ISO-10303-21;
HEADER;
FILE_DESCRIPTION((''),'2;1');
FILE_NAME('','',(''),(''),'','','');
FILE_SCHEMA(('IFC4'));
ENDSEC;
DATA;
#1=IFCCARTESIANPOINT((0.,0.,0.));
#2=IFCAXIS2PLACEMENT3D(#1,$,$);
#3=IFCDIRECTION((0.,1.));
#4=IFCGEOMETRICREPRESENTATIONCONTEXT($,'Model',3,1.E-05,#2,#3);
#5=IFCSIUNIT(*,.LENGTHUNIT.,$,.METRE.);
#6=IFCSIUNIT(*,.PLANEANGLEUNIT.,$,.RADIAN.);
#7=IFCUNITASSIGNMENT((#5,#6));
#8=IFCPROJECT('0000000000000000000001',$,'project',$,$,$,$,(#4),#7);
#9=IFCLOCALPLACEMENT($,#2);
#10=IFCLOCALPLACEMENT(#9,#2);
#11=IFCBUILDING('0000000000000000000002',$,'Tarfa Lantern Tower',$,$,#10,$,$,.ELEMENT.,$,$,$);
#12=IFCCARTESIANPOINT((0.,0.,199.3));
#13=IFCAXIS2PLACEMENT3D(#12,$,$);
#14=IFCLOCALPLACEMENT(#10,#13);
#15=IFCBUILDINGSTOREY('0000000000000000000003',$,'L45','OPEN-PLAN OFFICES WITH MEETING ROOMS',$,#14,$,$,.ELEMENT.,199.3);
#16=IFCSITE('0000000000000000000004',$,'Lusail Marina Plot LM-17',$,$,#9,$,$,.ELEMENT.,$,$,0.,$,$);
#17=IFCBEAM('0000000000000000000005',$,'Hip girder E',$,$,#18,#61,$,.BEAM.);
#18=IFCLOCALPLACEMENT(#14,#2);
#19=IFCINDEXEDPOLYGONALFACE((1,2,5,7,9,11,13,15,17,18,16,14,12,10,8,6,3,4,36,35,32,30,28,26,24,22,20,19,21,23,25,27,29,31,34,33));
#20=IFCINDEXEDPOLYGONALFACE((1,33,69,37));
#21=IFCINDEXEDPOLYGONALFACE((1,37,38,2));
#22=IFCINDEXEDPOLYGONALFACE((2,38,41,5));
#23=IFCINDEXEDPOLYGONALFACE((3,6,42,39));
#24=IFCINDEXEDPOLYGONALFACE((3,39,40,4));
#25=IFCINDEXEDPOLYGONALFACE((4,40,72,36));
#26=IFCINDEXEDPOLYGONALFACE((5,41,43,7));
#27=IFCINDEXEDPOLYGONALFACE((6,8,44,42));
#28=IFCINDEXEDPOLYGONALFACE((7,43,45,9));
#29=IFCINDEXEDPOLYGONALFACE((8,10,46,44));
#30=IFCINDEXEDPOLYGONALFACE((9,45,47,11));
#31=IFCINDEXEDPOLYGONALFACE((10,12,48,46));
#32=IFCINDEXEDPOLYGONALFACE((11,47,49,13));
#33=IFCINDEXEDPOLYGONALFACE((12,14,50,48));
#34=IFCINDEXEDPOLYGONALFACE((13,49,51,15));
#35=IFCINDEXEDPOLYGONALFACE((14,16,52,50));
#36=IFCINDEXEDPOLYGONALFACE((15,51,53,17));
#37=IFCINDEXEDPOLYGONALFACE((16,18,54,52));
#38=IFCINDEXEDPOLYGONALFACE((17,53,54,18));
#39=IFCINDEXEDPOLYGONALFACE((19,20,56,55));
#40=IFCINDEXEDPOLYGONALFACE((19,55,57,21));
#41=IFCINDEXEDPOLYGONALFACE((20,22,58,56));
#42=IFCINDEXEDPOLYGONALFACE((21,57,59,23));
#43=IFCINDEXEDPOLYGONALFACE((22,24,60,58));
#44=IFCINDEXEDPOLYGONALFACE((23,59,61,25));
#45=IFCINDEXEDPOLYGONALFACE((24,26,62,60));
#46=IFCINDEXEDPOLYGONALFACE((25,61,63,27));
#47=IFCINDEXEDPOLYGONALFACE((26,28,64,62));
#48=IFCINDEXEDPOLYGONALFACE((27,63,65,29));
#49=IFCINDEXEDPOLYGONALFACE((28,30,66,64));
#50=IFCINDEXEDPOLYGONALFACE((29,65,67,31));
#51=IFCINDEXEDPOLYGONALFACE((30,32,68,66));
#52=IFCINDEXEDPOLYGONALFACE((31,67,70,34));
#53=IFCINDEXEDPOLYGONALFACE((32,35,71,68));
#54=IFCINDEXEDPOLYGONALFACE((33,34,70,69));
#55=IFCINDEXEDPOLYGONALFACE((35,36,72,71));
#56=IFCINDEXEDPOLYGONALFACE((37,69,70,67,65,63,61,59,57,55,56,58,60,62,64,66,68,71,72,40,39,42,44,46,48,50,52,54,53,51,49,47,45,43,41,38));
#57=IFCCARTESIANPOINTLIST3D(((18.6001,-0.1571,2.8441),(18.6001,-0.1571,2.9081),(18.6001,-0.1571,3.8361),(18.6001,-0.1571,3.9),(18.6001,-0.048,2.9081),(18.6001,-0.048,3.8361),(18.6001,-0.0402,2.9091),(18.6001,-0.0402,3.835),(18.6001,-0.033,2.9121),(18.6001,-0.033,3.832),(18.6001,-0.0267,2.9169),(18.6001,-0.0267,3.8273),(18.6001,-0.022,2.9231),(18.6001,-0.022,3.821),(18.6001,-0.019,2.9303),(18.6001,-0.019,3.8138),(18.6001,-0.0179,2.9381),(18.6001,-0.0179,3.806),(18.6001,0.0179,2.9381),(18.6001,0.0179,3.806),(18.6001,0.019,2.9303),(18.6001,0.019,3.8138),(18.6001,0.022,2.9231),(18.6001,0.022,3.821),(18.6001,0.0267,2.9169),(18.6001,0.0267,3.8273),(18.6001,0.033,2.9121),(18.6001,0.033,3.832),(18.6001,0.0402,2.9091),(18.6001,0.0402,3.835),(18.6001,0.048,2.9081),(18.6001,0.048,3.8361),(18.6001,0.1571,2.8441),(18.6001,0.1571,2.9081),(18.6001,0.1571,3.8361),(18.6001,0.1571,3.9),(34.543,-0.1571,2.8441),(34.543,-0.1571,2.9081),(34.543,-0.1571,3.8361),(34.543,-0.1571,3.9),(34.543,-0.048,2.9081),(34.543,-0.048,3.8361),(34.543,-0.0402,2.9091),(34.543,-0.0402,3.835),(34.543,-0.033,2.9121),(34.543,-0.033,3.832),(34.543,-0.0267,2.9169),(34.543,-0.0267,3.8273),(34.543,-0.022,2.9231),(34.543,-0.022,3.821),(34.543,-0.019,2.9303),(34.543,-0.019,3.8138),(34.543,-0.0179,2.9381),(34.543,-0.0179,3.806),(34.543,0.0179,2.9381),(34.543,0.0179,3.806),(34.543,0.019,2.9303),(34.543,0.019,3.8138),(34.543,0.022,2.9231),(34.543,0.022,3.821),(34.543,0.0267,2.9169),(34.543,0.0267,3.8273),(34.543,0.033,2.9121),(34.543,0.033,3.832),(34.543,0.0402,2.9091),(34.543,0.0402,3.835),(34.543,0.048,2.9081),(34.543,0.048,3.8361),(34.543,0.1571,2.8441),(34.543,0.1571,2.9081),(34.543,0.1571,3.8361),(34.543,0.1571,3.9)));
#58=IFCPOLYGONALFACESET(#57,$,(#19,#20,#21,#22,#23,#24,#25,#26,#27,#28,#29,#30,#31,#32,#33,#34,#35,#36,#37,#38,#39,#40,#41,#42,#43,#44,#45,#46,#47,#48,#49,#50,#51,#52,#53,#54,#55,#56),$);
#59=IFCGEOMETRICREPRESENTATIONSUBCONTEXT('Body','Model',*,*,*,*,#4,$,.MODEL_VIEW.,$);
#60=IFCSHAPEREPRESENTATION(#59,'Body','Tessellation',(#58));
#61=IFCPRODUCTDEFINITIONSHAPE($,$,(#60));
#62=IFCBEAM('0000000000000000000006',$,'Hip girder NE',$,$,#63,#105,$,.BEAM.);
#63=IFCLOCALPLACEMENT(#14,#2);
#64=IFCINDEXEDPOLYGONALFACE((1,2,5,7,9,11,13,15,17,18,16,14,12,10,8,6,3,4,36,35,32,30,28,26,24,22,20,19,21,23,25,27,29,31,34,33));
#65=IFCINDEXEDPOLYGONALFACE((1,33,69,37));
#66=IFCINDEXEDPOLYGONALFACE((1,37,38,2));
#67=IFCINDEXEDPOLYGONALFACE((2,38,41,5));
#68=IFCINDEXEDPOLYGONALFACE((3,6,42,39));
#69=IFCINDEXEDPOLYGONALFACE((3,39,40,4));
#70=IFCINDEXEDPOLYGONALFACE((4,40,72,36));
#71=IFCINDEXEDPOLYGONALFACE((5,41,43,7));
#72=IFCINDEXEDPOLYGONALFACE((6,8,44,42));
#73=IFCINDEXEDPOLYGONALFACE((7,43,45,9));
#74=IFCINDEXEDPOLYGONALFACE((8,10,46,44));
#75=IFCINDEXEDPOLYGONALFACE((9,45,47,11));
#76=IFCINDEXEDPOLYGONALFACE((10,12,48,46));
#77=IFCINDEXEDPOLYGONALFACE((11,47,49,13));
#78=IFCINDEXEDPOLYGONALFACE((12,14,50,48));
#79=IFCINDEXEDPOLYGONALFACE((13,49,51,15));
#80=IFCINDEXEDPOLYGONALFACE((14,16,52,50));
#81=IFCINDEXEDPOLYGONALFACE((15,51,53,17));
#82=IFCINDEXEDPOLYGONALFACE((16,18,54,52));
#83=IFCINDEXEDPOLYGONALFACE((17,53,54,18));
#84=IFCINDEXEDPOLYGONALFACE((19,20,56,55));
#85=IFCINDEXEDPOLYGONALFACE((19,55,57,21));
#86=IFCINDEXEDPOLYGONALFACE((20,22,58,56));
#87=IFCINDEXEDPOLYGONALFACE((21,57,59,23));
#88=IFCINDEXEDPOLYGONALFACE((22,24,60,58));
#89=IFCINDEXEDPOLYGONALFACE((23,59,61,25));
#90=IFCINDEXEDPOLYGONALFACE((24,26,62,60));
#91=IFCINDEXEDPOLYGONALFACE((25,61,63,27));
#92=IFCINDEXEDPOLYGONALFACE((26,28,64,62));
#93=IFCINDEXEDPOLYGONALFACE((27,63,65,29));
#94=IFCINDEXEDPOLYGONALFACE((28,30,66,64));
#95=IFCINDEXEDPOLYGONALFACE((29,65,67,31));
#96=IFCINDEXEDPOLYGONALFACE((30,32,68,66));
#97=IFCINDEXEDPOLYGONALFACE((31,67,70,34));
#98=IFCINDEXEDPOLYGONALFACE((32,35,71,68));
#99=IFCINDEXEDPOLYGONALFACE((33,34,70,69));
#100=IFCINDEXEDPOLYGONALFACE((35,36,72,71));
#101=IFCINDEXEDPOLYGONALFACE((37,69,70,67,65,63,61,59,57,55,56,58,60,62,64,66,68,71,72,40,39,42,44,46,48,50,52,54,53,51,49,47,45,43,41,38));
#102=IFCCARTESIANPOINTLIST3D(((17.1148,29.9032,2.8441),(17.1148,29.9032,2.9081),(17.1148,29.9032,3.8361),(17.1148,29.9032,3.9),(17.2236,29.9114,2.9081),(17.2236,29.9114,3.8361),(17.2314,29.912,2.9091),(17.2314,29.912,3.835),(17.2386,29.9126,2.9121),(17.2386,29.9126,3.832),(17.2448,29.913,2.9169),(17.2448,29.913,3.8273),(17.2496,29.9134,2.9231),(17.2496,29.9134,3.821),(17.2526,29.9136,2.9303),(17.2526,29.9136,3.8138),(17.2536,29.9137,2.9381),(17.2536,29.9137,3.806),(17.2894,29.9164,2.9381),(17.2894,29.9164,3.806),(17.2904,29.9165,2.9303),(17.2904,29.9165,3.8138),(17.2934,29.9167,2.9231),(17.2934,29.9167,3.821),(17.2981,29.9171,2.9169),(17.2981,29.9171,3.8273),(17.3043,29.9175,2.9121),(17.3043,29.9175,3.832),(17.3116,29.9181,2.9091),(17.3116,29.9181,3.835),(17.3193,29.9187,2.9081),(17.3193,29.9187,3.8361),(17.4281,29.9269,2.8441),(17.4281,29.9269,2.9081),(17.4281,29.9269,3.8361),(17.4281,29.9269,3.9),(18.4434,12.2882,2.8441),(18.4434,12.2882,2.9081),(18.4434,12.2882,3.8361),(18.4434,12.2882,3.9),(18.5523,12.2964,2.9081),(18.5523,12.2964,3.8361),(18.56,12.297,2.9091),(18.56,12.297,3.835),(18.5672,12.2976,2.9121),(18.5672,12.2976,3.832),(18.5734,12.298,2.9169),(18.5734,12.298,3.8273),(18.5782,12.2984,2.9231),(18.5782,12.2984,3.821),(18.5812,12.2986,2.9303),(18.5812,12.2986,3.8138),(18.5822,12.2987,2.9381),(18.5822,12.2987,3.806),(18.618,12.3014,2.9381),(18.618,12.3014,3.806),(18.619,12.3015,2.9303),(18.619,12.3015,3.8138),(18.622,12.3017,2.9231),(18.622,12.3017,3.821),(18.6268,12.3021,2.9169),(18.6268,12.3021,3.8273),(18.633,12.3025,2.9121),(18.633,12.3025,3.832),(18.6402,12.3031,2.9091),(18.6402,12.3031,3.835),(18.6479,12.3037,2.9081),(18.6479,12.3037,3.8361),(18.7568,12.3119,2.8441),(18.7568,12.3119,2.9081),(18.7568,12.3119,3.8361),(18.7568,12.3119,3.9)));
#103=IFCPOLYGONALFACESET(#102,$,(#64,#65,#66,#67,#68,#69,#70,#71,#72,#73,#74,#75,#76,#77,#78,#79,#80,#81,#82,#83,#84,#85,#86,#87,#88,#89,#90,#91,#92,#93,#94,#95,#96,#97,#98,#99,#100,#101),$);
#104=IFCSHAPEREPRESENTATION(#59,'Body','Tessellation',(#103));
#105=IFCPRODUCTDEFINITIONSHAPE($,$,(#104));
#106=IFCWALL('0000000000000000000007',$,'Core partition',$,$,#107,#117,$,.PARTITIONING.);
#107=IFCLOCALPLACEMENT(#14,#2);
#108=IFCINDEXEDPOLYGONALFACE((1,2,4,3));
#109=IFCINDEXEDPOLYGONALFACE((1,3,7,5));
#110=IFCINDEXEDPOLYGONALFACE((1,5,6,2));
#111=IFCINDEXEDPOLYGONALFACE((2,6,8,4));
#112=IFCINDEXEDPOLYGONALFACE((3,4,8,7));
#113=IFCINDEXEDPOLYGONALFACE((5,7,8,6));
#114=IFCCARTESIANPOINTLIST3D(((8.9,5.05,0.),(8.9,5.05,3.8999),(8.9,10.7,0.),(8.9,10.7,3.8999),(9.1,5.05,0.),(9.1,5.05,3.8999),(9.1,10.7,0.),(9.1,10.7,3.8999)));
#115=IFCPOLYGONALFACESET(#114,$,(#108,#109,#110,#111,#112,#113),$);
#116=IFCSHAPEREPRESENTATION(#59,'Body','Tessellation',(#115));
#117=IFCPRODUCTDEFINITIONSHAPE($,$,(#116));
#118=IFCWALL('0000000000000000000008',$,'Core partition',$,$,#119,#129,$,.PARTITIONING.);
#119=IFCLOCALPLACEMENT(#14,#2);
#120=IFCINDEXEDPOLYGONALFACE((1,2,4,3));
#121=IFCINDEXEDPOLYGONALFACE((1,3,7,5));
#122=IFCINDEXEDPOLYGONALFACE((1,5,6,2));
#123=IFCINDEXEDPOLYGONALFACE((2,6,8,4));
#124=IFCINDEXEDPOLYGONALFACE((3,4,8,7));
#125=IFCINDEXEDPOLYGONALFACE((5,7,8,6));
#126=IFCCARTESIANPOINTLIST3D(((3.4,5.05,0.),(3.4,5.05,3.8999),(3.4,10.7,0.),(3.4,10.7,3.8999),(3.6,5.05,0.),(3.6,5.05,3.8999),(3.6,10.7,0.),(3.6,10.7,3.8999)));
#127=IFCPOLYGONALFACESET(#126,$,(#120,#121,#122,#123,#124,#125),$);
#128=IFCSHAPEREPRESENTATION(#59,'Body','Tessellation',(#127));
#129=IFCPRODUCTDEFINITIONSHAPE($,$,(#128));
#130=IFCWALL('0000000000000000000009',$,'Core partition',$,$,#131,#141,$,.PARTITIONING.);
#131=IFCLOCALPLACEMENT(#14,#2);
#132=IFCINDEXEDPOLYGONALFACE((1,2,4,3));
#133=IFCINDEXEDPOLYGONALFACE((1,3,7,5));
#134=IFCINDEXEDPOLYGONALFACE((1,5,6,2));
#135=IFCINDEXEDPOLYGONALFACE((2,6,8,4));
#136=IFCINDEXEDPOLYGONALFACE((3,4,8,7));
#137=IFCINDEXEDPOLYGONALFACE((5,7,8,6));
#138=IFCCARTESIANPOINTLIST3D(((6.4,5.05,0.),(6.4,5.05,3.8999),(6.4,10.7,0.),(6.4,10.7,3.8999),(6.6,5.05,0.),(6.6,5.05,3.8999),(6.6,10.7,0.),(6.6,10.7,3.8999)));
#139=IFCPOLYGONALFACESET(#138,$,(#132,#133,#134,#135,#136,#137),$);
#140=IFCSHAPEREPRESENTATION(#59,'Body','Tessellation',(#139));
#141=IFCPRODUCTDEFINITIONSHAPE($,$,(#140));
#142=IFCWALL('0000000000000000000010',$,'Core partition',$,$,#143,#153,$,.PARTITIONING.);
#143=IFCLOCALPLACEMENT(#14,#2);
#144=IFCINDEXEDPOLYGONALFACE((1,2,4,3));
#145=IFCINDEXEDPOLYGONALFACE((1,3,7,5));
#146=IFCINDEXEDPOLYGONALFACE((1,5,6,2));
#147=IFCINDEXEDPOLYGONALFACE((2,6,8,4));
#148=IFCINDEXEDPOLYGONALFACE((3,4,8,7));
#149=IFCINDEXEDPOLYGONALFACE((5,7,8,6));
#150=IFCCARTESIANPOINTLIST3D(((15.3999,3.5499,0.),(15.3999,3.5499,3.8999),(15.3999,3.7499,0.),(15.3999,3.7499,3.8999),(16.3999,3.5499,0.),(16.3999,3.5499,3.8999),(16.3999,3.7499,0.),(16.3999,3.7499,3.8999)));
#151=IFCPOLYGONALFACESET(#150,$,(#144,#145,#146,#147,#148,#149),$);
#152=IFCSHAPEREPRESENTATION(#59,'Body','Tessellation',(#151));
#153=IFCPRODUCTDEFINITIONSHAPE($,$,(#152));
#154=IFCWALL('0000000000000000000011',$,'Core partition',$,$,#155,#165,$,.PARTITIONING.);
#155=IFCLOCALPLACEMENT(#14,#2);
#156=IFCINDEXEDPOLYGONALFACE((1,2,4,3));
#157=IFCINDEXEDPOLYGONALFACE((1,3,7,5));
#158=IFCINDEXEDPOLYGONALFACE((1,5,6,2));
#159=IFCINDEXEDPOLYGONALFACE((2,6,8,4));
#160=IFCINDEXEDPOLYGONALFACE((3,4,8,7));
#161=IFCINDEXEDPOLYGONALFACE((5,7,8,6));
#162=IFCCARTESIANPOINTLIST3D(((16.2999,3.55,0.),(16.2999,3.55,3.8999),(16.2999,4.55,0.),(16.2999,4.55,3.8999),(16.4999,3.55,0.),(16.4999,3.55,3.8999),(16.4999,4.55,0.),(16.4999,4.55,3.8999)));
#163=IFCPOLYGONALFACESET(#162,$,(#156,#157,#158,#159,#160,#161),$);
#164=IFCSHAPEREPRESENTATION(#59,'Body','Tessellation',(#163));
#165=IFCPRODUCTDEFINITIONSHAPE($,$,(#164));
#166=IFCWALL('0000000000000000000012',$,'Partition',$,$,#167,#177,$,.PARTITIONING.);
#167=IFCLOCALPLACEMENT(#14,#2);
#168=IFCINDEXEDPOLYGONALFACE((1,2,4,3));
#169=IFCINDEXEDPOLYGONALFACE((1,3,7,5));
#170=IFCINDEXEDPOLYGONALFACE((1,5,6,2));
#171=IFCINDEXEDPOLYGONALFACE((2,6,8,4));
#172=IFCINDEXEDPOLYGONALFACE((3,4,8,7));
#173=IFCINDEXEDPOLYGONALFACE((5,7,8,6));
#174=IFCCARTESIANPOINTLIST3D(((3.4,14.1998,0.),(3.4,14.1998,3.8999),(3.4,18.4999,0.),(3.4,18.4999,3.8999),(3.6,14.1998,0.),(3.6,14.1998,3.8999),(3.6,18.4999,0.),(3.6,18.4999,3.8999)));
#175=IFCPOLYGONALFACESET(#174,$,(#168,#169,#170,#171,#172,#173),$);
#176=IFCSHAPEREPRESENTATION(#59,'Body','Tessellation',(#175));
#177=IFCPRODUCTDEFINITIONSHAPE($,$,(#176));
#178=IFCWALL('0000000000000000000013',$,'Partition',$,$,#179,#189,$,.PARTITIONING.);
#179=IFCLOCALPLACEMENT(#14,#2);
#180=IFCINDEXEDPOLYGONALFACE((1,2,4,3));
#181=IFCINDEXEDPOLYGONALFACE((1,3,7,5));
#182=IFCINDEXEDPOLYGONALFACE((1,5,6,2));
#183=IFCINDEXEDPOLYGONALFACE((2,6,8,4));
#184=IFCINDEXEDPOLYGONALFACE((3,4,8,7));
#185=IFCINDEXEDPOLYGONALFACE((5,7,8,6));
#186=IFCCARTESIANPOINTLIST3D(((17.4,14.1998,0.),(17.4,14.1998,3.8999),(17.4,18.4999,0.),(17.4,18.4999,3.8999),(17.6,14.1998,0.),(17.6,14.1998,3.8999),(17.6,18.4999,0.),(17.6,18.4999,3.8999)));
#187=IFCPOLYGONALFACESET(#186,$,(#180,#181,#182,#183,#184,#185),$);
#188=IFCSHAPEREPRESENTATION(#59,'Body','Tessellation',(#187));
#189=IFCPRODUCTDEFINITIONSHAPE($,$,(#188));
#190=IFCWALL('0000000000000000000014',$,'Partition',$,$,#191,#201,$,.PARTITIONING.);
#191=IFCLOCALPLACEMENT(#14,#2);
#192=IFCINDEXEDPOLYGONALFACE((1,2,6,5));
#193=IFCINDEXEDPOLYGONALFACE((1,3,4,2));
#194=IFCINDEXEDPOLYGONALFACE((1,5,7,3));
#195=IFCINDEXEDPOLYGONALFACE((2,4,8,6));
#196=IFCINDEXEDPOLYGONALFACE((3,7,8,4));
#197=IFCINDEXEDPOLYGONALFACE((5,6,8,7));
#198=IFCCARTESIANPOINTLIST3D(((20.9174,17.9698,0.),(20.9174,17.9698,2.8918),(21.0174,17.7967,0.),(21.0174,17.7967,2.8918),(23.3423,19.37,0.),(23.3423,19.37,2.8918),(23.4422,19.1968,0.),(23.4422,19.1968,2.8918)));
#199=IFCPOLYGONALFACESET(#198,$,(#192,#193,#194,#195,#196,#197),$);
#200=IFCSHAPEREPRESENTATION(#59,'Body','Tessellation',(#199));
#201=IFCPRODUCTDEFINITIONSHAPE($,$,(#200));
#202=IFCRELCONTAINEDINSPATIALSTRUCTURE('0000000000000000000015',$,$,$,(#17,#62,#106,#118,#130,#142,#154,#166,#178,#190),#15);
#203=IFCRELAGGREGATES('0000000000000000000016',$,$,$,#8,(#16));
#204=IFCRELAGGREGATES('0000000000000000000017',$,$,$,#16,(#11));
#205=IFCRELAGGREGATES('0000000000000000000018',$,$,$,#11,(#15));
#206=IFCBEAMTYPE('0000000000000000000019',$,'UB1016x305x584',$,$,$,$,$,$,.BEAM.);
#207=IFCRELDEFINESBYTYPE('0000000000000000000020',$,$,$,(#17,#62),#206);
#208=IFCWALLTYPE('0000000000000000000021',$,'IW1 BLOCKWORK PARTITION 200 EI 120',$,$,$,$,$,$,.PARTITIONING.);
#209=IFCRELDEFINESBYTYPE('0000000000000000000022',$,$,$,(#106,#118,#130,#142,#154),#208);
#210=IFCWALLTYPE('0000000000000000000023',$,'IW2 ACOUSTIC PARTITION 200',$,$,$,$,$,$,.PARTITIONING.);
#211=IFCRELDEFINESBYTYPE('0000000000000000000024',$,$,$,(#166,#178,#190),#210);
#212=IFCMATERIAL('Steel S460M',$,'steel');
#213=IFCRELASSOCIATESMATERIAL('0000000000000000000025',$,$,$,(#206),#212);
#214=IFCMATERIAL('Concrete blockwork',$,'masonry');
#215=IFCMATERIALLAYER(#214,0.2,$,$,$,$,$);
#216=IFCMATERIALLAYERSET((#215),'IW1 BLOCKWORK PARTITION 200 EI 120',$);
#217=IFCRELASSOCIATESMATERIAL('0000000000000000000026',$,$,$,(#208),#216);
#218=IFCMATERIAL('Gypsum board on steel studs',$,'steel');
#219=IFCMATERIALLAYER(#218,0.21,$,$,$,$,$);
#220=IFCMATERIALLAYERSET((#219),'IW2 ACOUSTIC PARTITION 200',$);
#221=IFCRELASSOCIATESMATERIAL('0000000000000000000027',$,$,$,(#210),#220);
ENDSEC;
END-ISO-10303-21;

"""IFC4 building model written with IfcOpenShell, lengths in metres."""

from ifc_helpers import new_model, si_unit, direction, frame, frame_2d, origin, origin_2d, place, context, subcontext, project, spatial, rectangle, i_section, extrude, material, layer, layer_set, material_profile, profile_set, type_object, element, save


model = new_model("IFC4")

# Units and contexts
model_context = context("Model", 3, precision=1e-05, world=origin(), true_north=direction((0.0, 1.0)))
body_context = subcontext(model_context, "Body", "Model", "MODEL_VIEW")
ifc_project = project(units=[si_unit("LENGTHUNIT", "METRE"), si_unit("PLANEANGLEUNIT", "RADIAN")], contexts=[model_context])

# Site, building, storey
site_placement = place(None, origin())
site = spatial("IfcSite", under=ifc_project, at=site_placement, Name="Lusail Marina Plot LM-17", CompositionType="ELEMENT", RefElevation=0.0)
building_placement = place(site_placement, origin())
building = spatial("IfcBuilding", under=site, at=building_placement, Name="Tarfa Lantern Tower", CompositionType="ELEMENT")
storey_placement = place(building_placement, frame((0.0, 0.0, 199.3)))
storey = spatial("IfcBuildingStorey", under=building, at=storey_placement, Name="L45", Description="OPEN-PLAN OFFICES WITH MEETING ROOMS", CompositionType="ELEMENT", Elevation=199.3)

# Beams
ifc_material_1 = material(Name="Steel S460M", Category="steel")
ifc_material_profile = material_profile(ifc_material_1, i_section(OverallWidth=0.3142, OverallDepth=1.0559, WebThickness=0.0359, FlangeThickness=0.064, FilletRadius=0.03, at=origin_2d()), Name="UB1016x305x584")
ifc_profile_set = profile_set([ifc_material_profile], Name="Steel S460M")
beam_type = type_object("IfcBeamType", Name="UB1016x305x584", PredefinedType="BEAM", material=ifc_profile_set)
beam_1_placement = place(storey_placement, frame((18.6001, 0.0, 3.3721), z_axis=(1.0, 0.0, 0.0), x_axis=(0.0, 1.0, 0.0)))
element("IfcBeam", 1, at=beam_1_placement, inside=storey, type_object=beam_type, Name="Hip girder E", PredefinedType="BEAM", context=body_context, shape_type="SweptSolid", body=[
    extrude(i_section(OverallWidth=0.3142, OverallDepth=1.0559, WebThickness=0.0359, FlangeThickness=0.064, FilletRadius=0.03, at=origin_2d()), origin(), (0.0, 0.0, 1.0), 15.9429),
])
beam_2_placement = place(storey_placement, frame((18.6001, 12.3, 3.3721), z_axis=(-0.075212, 0.997168, 0.0), x_axis=(-0.997168, -0.075212, 0.0)))
element("IfcBeam", 2, at=beam_2_placement, inside=storey, type_object=beam_type, Name="Hip girder NE", PredefinedType="BEAM", context=body_context, shape_type="SweptSolid", body=[
    extrude(i_section(OverallWidth=0.3142, OverallDepth=1.0559, WebThickness=0.0359, FlangeThickness=0.064, FilletRadius=0.03, at=origin_2d()), origin(), (0.0, 0.0, 1.0), 17.665),
])

# Walls
ifc_material_2 = material(Name="Concrete blockwork", Category="masonry")
ifc_layer_1 = layer(ifc_material_2, 0.2)
ifc_layer_set_1 = layer_set([ifc_layer_1], Name="IW1 BLOCKWORK PARTITION 200 EI 120")
wall_type_1 = type_object("IfcWallType", Name="IW1 BLOCKWORK PARTITION 200 EI 120", PredefinedType="PARTITIONING", material=ifc_layer_set_1)
for number, where, z_axis, x_axis, name in (
    (3, (9.0, 5.05, 0.0), (0.0, 0.0, 1.0), (0.0, 1.0, 0.0), "Core partition"),
    (4, (3.5, 5.05, 0.0), (0.0, 0.0, 1.0), (0.0, 1.0, 0.0), "Core partition"),
    (5, (6.5, 5.05, 0.0), (0.0, 0.0, 1.0), (0.0, 1.0, 0.0), "Core partition"),
):
    element("IfcWall", number, at=place(storey_placement, frame(where, z_axis=z_axis, x_axis=x_axis)), inside=storey, type_object=wall_type_1, Name=name, PredefinedType="PARTITIONING", context=body_context, shape_type="SweptSolid", body=[
        extrude(rectangle(XDim=5.6499, YDim=0.2, at=frame_2d((2.825, 0.0))), origin(), (0.0, 0.0, 1.0), 3.8999),
    ])
for number, where, z_axis, x_axis, name in (
    (6, (15.3999, 3.6499, 0.0), (0.0, 0.0, 1.0), (1.0, 0.0, 0.0), "Core partition"),
    (7, (16.3999, 3.55, 0.0), (0.0, 0.0, 1.0), (0.0, 1.0, 0.0), "Core partition"),
):
    element("IfcWall", number, at=place(storey_placement, frame(where, z_axis=z_axis, x_axis=x_axis)), inside=storey, type_object=wall_type_1, Name=name, PredefinedType="PARTITIONING", context=body_context, shape_type="SweptSolid", body=[
        extrude(rectangle(XDim=1.0, YDim=0.2, at=frame_2d((0.5, 0.0))), origin(), (0.0, 0.0, 1.0), 3.8999),
    ])
ifc_material_3 = material(Name="Gypsum board on steel studs", Category="steel")
ifc_layer_2 = layer(ifc_material_3, 0.21)
ifc_layer_set_2 = layer_set([ifc_layer_2], Name="IW2 ACOUSTIC PARTITION 200")
wall_type_2 = type_object("IfcWallType", Name="IW2 ACOUSTIC PARTITION 200", PredefinedType="PARTITIONING", material=ifc_layer_set_2)
for number, where, z_axis, x_axis, name in (
    (8, (3.5, 14.2, 0.0), (0.0, 0.0, 1.0), (0.0, 1.0, 0.0), "Partition"),
    (9, (17.5, 14.2, 0.0), (0.0, 0.0, 1.0), (0.0, 1.0, 0.0), "Partition"),
):
    element("IfcWall", number, at=place(storey_placement, frame(where, z_axis=z_axis, x_axis=x_axis)), inside=storey, type_object=wall_type_2, Name=name, PredefinedType="PARTITIONING", context=body_context, shape_type="SweptSolid", body=[
        extrude(rectangle(XDim=4.3, YDim=0.2, at=frame_2d((2.1499, 0.0))), origin(), (0.0, 0.0, 1.0), 3.8999),
    ])
for number, where, z_axis, x_axis, name in (
    (10, (20.9675, 17.8833, 0.0), (0.0, 0.0, 1.0), (0.865997, 0.50005, 0.0), "Partition"),
):
    element("IfcWall", number, at=place(storey_placement, frame(where, z_axis=z_axis, x_axis=x_axis)), inside=storey, type_object=wall_type_2, Name=name, PredefinedType="PARTITIONING", context=body_context, shape_type="SweptSolid", body=[
        extrude(rectangle(XDim=2.8, YDim=0.2, at=frame_2d((1.3999, 0.0))), origin(), (0.0, 0.0, 1.0), 2.8918),
    ])

save(model, "model.ifc")
